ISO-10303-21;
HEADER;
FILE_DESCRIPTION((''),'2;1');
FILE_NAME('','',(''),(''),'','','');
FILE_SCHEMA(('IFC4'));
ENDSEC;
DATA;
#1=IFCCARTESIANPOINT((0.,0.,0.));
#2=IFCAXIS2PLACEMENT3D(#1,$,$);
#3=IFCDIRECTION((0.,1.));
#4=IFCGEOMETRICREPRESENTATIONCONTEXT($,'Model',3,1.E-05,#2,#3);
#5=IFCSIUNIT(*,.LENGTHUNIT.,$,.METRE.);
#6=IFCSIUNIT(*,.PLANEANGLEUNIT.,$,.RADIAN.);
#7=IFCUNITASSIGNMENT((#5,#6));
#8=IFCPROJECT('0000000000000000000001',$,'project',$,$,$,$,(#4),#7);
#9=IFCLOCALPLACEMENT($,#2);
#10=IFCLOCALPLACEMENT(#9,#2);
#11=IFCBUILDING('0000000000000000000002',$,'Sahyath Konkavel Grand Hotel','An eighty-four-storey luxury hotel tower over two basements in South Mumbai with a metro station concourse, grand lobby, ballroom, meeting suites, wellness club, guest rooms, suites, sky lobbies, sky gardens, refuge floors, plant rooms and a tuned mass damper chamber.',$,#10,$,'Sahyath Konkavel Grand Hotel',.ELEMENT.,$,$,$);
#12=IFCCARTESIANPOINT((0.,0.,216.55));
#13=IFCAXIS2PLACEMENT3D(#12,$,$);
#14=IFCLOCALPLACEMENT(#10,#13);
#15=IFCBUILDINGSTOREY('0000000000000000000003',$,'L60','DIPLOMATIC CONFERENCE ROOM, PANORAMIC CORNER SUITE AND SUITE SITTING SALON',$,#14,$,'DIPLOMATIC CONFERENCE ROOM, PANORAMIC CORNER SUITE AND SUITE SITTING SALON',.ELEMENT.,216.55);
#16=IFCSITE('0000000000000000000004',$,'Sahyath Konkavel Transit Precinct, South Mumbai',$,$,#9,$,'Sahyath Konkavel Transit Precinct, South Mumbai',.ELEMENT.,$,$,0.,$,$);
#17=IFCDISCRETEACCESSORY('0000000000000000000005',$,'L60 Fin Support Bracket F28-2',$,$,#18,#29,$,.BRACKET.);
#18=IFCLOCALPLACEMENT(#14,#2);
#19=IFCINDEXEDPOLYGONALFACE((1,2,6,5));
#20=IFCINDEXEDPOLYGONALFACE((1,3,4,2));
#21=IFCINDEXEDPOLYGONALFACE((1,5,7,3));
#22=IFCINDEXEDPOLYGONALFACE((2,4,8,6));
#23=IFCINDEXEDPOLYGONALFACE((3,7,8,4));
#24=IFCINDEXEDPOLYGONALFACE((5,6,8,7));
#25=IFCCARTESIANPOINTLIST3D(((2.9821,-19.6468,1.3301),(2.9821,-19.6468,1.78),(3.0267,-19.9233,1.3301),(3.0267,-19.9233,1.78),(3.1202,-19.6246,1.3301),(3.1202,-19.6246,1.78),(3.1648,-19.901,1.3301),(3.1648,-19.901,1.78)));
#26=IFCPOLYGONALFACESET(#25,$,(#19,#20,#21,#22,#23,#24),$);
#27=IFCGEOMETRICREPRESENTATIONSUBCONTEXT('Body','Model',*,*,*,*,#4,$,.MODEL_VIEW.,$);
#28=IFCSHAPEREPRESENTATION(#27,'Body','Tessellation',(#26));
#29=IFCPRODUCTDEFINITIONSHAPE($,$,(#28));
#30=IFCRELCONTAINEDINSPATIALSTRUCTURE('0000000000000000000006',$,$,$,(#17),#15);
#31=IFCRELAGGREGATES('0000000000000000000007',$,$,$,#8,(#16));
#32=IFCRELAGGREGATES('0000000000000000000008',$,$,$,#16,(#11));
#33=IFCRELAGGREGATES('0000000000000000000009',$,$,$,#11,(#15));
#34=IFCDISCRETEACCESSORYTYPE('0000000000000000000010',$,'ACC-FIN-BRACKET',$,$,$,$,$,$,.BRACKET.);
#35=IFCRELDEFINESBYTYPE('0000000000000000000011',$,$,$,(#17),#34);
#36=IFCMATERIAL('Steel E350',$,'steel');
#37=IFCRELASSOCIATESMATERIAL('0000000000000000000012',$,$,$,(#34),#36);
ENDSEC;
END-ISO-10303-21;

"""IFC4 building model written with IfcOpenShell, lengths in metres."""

from ifc_helpers import new_model, si_unit, direction, frame, origin, origin_2d, place, context, subcontext, project, spatial, rectangle, extrude, source, transform, mapped, material, type_object, element, save


model = new_model("IFC4")

# Units and contexts
model_context = context("Model", 3, precision=1e-05, world=origin(), true_north=direction((0.0, 1.0)))
body_context = subcontext(model_context, "Body", "Model", "MODEL_VIEW")
ifc_project = project(units=[si_unit("LENGTHUNIT", "METRE"), si_unit("PLANEANGLEUNIT", "RADIAN")], contexts=[model_context])

# Site, building, storey
site_placement = place(None, origin())
site = spatial("IfcSite", under=ifc_project, at=site_placement, Name="Sahyath Konkavel Transit Precinct, South Mumbai", LongName="Sahyath Konkavel Transit Precinct, South Mumbai", CompositionType="ELEMENT", RefElevation=0.0)
building_placement = place(site_placement, origin())
building = spatial("IfcBuilding", under=site, at=building_placement, Name="Sahyath Konkavel Grand Hotel", Description="An eighty-four-storey luxury hotel tower over two basements in South Mumbai with a metro station concourse, grand lobby, ballroom, meeting suites, wellness club, guest rooms, suites, sky lobbies, sky gardens, refuge floors, plant rooms and a tuned mass damper chamber.", LongName="Sahyath Konkavel Grand Hotel", CompositionType="ELEMENT")
storey_placement = place(building_placement, frame((0.0, 0.0, 216.55)))
storey = spatial("IfcBuildingStorey", under=building, at=storey_placement, Name="L60", Description="DIPLOMATIC CONFERENCE ROOM, PANORAMIC CORNER SUITE AND SUITE SITTING SALON", LongName="DIPLOMATIC CONFERENCE ROOM, PANORAMIC CORNER SUITE AND SUITE SITTING SALON", CompositionType="ELEMENT", Elevation=216.55)

# Shared definitions
ifc_material_1 = material(Name="Steel E350", Category="steel")

# Discrete accessory
discrete_accessory_type = type_object("IfcDiscreteAccessoryType", Name="ACC-FIN-BRACKET", PredefinedType="BRACKET", material=ifc_material_1)
shared_shape_1 = source(origin(), body_context, "Body", "SweptSolid", [
    extrude(rectangle(XDim=0.28, YDim=0.1399, at=origin_2d()), origin(), (0.0, 0.0, 1.0), 0.45),
])
discrete_accessory_placement = place(storey_placement, frame((3.0735, -19.7739, 1.3301), z_axis=(0.0, 0.0, 1.0), x_axis=(0.159295, -0.987231, 0.0)))
element("IfcDiscreteAccessory", 1, at=discrete_accessory_placement, inside=storey, type_object=discrete_accessory_type, Name="L60 Fin Support Bracket F28-2", PredefinedType="BRACKET", context=body_context, shape_type="MappedRepresentation", body=[
    mapped(shared_shape_1, transform((0.0, 0.0, 0.0), scale=1.0)),
])

save(model, "model.ifc")
